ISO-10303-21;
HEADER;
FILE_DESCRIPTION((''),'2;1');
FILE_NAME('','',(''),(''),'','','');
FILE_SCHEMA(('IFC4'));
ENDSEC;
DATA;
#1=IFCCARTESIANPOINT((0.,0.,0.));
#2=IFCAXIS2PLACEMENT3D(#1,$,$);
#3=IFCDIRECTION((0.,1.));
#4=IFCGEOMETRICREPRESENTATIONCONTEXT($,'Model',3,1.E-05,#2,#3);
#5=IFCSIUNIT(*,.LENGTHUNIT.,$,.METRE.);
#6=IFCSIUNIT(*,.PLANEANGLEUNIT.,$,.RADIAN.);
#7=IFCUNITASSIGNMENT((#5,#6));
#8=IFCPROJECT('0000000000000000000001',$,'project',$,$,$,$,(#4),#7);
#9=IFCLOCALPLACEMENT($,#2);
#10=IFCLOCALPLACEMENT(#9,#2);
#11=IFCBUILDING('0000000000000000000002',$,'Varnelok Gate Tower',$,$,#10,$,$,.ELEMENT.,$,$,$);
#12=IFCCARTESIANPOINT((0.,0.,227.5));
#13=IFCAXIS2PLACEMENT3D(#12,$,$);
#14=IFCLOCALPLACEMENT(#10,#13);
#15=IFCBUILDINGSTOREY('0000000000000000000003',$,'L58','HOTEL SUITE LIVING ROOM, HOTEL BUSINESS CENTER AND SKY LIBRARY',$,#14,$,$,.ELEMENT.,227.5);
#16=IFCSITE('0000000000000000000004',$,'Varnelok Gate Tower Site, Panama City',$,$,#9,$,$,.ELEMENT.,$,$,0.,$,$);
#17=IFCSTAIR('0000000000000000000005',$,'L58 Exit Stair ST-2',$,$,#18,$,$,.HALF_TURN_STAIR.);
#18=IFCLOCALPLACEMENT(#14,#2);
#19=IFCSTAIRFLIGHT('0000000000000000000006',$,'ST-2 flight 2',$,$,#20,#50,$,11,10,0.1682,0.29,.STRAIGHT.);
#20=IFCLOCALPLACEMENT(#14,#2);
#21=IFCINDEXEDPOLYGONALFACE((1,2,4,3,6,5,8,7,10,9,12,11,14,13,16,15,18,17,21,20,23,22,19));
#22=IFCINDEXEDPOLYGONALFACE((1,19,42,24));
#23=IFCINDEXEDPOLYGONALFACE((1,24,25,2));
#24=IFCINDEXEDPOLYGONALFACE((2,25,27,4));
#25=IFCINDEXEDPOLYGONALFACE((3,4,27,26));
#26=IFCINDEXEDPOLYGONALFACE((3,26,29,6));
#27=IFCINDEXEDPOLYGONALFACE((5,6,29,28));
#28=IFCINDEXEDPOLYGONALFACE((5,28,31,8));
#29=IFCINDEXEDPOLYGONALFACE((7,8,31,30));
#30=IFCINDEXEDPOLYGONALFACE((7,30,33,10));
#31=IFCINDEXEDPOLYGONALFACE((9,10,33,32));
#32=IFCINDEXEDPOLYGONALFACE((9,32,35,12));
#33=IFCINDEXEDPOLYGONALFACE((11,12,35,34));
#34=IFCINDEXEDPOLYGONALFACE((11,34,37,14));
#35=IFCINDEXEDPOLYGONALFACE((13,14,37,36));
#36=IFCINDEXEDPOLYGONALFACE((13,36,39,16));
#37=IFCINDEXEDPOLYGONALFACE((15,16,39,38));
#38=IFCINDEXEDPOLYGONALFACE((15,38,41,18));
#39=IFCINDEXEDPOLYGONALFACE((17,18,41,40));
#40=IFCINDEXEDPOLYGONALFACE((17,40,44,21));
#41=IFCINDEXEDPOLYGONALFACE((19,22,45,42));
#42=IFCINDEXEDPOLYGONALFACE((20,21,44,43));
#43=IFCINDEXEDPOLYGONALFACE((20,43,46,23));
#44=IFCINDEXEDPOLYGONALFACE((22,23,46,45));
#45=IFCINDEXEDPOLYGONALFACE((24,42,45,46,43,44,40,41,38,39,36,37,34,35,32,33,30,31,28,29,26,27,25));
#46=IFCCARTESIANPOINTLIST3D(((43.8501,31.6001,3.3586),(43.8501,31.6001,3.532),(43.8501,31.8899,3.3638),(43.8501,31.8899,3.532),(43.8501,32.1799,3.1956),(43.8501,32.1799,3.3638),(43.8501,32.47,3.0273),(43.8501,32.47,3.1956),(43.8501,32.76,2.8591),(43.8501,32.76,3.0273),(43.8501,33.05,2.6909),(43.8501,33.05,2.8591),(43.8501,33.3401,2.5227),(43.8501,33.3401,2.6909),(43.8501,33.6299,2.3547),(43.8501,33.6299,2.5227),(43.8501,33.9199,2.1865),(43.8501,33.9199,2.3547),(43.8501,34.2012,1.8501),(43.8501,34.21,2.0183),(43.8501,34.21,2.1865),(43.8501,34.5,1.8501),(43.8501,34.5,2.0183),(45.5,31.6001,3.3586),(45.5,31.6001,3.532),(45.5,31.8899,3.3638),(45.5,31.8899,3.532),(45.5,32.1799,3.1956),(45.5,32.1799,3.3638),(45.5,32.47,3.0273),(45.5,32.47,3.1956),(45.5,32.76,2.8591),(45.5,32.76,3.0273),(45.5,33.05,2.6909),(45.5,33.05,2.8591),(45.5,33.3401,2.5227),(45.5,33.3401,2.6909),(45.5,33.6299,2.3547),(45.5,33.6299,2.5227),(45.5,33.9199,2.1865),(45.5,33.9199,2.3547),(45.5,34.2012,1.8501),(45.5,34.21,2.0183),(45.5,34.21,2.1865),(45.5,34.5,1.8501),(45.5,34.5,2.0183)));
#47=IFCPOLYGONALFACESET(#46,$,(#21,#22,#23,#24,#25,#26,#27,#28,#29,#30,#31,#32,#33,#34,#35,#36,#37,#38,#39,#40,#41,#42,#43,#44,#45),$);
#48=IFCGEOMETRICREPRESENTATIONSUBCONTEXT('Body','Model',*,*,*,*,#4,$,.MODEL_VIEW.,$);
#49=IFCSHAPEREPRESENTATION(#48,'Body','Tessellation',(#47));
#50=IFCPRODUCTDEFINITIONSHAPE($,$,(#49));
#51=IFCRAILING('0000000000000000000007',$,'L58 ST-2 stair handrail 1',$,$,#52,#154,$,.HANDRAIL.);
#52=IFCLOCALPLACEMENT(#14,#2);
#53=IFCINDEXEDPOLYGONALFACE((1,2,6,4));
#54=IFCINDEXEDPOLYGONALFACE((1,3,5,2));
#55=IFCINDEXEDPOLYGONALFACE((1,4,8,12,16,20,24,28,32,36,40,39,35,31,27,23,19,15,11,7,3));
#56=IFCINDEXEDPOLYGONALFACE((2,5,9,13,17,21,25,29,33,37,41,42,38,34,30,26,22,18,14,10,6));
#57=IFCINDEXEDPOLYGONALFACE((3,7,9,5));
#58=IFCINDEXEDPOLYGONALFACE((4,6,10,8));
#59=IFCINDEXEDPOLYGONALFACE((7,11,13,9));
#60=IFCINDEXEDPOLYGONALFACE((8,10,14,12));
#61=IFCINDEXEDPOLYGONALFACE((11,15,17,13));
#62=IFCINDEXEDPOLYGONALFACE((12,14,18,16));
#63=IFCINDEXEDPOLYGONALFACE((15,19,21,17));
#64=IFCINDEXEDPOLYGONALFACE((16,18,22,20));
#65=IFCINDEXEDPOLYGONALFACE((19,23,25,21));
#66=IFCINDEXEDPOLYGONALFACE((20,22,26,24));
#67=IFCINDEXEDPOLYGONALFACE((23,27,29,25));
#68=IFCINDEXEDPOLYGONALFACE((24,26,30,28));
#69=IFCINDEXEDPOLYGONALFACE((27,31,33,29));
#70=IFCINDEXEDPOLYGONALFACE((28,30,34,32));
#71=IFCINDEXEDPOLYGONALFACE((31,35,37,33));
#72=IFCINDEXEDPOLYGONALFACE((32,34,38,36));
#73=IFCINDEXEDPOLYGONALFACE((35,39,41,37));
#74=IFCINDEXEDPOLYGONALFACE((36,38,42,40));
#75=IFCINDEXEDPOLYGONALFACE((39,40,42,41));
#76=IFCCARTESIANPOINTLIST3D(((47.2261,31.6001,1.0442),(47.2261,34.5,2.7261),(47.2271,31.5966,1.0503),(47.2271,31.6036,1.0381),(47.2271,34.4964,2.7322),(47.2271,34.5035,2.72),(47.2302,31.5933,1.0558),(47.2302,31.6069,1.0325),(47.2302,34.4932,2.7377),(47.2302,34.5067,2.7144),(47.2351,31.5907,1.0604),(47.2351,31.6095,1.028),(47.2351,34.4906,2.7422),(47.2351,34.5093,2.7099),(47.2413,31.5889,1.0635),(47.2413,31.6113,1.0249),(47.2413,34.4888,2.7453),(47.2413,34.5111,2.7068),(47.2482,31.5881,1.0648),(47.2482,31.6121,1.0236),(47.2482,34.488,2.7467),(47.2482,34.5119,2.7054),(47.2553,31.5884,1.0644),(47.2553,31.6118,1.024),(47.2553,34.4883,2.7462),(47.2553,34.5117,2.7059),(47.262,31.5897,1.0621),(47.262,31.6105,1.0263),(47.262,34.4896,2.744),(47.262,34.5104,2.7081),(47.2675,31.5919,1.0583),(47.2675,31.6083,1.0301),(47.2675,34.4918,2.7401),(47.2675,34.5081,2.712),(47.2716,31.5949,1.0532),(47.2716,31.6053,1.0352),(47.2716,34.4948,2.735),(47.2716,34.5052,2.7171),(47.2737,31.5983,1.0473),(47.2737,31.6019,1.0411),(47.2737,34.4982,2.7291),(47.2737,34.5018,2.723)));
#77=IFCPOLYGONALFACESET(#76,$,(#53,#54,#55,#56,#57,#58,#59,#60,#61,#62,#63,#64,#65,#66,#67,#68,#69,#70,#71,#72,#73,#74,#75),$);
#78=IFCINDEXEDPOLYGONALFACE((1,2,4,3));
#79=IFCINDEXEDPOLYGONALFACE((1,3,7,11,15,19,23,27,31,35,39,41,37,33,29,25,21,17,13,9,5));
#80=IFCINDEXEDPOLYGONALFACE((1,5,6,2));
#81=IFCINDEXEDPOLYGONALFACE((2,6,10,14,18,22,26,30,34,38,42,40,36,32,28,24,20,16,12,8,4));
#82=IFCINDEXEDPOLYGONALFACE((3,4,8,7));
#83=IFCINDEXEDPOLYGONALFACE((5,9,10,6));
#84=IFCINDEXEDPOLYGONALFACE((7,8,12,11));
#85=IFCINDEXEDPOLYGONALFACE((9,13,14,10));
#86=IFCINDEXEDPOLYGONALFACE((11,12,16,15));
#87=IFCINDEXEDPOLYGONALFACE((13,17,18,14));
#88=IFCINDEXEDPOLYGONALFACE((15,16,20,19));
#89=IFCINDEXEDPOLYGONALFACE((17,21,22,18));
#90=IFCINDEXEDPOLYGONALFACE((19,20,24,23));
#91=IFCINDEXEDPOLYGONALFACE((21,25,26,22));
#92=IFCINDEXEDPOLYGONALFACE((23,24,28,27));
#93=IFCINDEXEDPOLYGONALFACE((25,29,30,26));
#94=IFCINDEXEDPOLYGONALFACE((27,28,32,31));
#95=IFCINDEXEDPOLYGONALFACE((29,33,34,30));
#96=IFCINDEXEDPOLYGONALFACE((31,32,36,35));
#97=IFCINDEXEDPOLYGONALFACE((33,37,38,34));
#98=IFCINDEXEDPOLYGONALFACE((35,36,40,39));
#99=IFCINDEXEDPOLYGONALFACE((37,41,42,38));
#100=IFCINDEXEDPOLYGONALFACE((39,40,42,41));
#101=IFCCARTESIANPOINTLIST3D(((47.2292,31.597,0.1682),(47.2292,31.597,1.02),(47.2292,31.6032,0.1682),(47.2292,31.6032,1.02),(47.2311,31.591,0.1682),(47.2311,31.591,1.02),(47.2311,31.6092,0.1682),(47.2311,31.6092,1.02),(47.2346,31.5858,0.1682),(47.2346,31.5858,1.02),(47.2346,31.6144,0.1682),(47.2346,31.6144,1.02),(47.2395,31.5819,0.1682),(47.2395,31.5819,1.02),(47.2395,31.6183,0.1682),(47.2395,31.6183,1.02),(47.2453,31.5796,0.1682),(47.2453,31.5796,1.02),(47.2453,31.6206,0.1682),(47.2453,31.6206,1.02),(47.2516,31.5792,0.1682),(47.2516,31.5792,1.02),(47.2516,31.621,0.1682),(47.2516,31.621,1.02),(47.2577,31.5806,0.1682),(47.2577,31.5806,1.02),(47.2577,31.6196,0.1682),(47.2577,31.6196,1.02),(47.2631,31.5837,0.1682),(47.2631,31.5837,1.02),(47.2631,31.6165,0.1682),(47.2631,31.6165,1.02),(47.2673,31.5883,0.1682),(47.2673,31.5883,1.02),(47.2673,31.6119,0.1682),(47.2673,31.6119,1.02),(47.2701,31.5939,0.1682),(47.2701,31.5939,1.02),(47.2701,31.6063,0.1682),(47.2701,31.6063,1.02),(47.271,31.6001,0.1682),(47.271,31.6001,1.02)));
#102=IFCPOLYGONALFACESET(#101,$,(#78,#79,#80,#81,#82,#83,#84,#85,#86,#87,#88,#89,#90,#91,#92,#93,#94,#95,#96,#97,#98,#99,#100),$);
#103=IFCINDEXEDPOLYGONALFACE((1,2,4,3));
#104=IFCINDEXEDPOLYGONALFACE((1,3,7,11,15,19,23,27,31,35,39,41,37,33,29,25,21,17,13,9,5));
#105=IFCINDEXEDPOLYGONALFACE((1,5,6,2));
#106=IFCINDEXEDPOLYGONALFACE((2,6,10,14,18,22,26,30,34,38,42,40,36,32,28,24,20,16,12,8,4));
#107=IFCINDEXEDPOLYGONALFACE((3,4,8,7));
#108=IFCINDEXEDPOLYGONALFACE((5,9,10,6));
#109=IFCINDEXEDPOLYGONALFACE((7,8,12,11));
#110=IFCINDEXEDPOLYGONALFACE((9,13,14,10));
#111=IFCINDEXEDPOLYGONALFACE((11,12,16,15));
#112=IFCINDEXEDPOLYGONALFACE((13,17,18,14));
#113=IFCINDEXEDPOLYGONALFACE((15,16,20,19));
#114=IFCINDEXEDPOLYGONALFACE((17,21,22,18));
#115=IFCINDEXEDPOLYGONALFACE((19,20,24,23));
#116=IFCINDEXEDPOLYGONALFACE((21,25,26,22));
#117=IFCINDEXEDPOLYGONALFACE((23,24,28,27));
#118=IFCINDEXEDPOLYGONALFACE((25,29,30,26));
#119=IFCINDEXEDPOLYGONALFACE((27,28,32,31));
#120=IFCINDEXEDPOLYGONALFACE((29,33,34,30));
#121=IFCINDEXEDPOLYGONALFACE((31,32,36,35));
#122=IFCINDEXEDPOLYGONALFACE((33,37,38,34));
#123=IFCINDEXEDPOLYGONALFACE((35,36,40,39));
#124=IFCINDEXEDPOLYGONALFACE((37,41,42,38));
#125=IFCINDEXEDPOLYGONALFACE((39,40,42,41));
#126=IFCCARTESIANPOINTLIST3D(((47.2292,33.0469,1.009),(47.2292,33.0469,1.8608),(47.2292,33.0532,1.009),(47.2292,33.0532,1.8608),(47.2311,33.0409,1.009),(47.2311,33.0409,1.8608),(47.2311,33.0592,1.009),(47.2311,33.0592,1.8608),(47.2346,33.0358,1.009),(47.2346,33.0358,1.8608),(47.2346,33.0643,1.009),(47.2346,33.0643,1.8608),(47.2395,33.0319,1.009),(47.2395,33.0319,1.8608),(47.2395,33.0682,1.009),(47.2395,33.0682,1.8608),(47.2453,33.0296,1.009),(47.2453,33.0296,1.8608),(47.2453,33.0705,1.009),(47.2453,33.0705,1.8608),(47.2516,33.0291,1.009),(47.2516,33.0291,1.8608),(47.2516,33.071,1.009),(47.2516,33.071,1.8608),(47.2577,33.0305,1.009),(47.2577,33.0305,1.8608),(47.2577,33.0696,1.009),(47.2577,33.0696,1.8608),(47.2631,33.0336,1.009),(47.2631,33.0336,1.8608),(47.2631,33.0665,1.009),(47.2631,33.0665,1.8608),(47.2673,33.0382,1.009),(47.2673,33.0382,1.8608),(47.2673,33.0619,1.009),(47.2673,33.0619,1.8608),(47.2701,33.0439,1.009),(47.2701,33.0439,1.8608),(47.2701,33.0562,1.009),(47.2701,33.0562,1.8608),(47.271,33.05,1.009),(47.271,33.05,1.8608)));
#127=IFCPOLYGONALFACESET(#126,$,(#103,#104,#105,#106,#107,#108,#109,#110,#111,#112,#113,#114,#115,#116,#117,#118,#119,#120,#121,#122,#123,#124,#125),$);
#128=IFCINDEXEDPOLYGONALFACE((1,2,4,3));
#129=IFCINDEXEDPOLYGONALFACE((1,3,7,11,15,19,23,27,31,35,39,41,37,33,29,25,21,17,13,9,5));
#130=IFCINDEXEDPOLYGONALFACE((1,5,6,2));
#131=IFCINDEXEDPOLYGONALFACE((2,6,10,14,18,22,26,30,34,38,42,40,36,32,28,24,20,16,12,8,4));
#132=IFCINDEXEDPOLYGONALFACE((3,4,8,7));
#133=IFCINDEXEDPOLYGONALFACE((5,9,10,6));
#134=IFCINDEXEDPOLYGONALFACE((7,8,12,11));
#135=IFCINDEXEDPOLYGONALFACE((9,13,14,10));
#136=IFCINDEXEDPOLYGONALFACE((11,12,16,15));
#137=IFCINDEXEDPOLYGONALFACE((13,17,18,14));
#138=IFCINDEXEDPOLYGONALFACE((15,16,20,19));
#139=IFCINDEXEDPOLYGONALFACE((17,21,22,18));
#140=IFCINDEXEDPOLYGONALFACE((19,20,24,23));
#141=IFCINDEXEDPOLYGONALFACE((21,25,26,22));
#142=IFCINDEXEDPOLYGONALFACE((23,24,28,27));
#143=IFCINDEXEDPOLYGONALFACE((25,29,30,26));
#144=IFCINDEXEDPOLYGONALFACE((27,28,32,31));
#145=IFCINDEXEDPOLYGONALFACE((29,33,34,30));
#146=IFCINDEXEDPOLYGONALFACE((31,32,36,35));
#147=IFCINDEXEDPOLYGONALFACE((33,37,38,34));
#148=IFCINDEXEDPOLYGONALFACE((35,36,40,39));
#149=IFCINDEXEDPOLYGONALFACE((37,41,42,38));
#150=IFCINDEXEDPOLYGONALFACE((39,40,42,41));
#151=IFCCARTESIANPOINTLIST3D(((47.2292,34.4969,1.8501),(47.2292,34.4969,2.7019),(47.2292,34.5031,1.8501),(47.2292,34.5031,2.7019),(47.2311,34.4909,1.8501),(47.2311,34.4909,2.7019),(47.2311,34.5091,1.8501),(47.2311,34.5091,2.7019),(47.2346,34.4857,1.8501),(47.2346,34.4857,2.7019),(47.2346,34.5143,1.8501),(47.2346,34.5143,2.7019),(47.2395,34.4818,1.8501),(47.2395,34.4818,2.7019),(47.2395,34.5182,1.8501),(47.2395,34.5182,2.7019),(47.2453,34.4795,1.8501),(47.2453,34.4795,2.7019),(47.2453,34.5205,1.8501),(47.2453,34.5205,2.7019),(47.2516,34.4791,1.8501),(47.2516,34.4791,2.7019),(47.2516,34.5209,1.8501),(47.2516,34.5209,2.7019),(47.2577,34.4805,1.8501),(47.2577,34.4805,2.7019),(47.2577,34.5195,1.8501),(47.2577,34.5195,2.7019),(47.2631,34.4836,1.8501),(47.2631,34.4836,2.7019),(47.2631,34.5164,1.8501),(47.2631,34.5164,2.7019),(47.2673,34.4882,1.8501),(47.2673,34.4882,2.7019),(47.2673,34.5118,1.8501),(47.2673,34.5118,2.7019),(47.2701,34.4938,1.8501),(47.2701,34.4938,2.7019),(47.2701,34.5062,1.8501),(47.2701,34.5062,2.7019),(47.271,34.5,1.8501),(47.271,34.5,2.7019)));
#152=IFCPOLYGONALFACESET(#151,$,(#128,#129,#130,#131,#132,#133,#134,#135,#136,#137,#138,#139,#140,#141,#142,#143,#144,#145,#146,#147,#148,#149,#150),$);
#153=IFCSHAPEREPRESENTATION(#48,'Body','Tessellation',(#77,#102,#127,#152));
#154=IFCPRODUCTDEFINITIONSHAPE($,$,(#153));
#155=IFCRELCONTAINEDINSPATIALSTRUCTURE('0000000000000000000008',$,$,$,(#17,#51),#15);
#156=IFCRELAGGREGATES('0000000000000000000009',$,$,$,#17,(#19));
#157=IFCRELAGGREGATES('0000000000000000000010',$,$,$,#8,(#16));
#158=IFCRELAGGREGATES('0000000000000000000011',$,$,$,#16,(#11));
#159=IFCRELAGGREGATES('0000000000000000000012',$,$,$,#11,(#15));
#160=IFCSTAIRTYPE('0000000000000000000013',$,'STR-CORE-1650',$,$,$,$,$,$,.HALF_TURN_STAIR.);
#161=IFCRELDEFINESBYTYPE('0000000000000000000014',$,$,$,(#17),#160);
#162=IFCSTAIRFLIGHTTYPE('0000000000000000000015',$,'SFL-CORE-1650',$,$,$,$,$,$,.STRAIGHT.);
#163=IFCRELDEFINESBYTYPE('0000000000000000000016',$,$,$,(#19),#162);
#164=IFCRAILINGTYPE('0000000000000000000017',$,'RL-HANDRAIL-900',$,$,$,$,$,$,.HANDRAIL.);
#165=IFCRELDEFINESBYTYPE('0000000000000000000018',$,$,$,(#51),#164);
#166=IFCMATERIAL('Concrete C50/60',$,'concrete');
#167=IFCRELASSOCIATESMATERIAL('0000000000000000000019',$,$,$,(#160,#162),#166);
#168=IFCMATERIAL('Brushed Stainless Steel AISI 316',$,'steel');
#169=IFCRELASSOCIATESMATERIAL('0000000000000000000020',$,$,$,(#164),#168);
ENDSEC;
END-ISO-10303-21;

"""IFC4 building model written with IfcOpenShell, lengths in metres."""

from ifc_helpers import new_model, si_unit, direction, frame, origin, origin_2d, place, context, subcontext, project, spatial, polyline, circle, outline, extrude, material, type_object, element, aggregate, save


model = new_model("IFC4")

# Units and contexts
model_context = context("Model", 3, precision=1e-05, world=origin(), true_north=direction((0.0, 1.0)))
body_context = subcontext(model_context, "Body", "Model", "MODEL_VIEW")
ifc_project = project(units=[si_unit("LENGTHUNIT", "METRE"), si_unit("PLANEANGLEUNIT", "RADIAN")], contexts=[model_context])

# Site, building, storey
site_placement = place(None, origin())
site = spatial("IfcSite", under=ifc_project, at=site_placement, Name="Varnelok Gate Tower Site, Panama City", CompositionType="ELEMENT", RefElevation=0.0)
building_placement = place(site_placement, origin())
building = spatial("IfcBuilding", under=site, at=building_placement, Name="Varnelok Gate Tower", CompositionType="ELEMENT")
storey_placement = place(building_placement, frame((0.0, 0.0, 227.5)))
storey = spatial("IfcBuildingStorey", under=building, at=storey_placement, Name="L58", Description="HOTEL SUITE LIVING ROOM, HOTEL BUSINESS CENTER AND SKY LIBRARY", CompositionType="ELEMENT", Elevation=227.5)

# Stair, stair flight
ifc_material_1 = material(Name="Concrete C50/60", Category="concrete")
stair_type = type_object("IfcStairType", Name="STR-CORE-1650", PredefinedType="HALF_TURN_STAIR", material=ifc_material_1)
stair_placement = place(storey_placement, origin())
stair = element("IfcStair", 1, at=stair_placement, inside=storey, type_object=stair_type, Name="L58 Exit Stair ST-2", PredefinedType="HALF_TURN_STAIR")
stair_flight_type = type_object("IfcStairFlightType", Name="SFL-CORE-1650", PredefinedType="STRAIGHT", material=ifc_material_1)
stair_flight_1_placement = place(storey_placement, frame((44.675, 34.5, 1.8501), z_axis=(0.0, 0.0, 1.0), x_axis=(0.0, -1.0, 0.0)))
stair_flight_1 = element("IfcStairFlight", 2, at=stair_flight_1_placement, type_object=stair_flight_type, Name="ST-2 flight 2", NumberOfRisers=11, NumberOfTreads=10, PredefinedType="STRAIGHT", RiserHeight=0.1682, TreadLength=0.29, context=body_context, shape_type="SweptSolid", body=[
    extrude(outline(polyline([(0.0, 0.0), (0.0, 0.1682), (0.29, 0.1682), (0.29, 0.3364), (0.5801, 0.3364), (0.5801, 0.5046), (0.8701, 0.5046), (0.8701, 0.6726), (1.1599, 0.6726), (1.1599, 0.8408), (1.45, 0.8408), (1.45, 1.009), (1.74, 1.009), (1.74, 1.1772), (2.03, 1.1772), (2.03, 1.3455), (2.3201, 1.3455), (2.3201, 1.5137), (2.6101, 1.5137), (2.6101, 1.6819), (2.8999, 1.6819), (2.8999, 1.8501), (2.8999, 1.5085), (0.2988, 0.0), (0.0, 0.0)])), frame((0.0, 0.825, 0.0), z_axis=(0.0, -1.0, 0.0), x_axis=(1.0, 0.0, 0.0)), (0.0, 0.0, 1.0), 1.6499),
])
aggregate(stair, [stair_flight_1])

# Railing
ifc_material_2 = material(Name="Brushed Stainless Steel AISI 316", Category="steel")
railing_type_1 = type_object("IfcRailingType", Name="RL-HANDRAIL-900", PredefinedType="HANDRAIL", material=ifc_material_2)
railing_1_placement = place(storey_placement, frame((47.25, 31.6001, 0.1682)))
element("IfcRailing", 3, at=railing_1_placement, inside=storey, type_object=railing_type_1, Name="L58 ST-2 stair handrail 1", PredefinedType="HANDRAIL", context=body_context, shape_type="SweptSolid", body=[
    extrude(circle(Radius=0.0239, at=origin_2d()), frame((0.0, 0.0, 0.876), z_axis=(0.0, 0.865039, 0.501705), x_axis=(-1.0, 0.0, 0.0)), (0.0, 0.0, 1.0), 3.3523),
    extrude(circle(Radius=0.021, at=origin_2d()), origin(), (0.0, 0.0, 1.0), 0.8518),
    extrude(circle(Radius=0.021, at=origin_2d()), frame((0.0, 1.45, 0.8408)), (0.0, 0.0, 1.0), 0.8518),
    extrude(circle(Radius=0.021, at=origin_2d()), frame((0.0, 2.8999, 1.6819)), (0.0, 0.0, 1.0), 0.8518),
])

save(model, "model.ifc")
